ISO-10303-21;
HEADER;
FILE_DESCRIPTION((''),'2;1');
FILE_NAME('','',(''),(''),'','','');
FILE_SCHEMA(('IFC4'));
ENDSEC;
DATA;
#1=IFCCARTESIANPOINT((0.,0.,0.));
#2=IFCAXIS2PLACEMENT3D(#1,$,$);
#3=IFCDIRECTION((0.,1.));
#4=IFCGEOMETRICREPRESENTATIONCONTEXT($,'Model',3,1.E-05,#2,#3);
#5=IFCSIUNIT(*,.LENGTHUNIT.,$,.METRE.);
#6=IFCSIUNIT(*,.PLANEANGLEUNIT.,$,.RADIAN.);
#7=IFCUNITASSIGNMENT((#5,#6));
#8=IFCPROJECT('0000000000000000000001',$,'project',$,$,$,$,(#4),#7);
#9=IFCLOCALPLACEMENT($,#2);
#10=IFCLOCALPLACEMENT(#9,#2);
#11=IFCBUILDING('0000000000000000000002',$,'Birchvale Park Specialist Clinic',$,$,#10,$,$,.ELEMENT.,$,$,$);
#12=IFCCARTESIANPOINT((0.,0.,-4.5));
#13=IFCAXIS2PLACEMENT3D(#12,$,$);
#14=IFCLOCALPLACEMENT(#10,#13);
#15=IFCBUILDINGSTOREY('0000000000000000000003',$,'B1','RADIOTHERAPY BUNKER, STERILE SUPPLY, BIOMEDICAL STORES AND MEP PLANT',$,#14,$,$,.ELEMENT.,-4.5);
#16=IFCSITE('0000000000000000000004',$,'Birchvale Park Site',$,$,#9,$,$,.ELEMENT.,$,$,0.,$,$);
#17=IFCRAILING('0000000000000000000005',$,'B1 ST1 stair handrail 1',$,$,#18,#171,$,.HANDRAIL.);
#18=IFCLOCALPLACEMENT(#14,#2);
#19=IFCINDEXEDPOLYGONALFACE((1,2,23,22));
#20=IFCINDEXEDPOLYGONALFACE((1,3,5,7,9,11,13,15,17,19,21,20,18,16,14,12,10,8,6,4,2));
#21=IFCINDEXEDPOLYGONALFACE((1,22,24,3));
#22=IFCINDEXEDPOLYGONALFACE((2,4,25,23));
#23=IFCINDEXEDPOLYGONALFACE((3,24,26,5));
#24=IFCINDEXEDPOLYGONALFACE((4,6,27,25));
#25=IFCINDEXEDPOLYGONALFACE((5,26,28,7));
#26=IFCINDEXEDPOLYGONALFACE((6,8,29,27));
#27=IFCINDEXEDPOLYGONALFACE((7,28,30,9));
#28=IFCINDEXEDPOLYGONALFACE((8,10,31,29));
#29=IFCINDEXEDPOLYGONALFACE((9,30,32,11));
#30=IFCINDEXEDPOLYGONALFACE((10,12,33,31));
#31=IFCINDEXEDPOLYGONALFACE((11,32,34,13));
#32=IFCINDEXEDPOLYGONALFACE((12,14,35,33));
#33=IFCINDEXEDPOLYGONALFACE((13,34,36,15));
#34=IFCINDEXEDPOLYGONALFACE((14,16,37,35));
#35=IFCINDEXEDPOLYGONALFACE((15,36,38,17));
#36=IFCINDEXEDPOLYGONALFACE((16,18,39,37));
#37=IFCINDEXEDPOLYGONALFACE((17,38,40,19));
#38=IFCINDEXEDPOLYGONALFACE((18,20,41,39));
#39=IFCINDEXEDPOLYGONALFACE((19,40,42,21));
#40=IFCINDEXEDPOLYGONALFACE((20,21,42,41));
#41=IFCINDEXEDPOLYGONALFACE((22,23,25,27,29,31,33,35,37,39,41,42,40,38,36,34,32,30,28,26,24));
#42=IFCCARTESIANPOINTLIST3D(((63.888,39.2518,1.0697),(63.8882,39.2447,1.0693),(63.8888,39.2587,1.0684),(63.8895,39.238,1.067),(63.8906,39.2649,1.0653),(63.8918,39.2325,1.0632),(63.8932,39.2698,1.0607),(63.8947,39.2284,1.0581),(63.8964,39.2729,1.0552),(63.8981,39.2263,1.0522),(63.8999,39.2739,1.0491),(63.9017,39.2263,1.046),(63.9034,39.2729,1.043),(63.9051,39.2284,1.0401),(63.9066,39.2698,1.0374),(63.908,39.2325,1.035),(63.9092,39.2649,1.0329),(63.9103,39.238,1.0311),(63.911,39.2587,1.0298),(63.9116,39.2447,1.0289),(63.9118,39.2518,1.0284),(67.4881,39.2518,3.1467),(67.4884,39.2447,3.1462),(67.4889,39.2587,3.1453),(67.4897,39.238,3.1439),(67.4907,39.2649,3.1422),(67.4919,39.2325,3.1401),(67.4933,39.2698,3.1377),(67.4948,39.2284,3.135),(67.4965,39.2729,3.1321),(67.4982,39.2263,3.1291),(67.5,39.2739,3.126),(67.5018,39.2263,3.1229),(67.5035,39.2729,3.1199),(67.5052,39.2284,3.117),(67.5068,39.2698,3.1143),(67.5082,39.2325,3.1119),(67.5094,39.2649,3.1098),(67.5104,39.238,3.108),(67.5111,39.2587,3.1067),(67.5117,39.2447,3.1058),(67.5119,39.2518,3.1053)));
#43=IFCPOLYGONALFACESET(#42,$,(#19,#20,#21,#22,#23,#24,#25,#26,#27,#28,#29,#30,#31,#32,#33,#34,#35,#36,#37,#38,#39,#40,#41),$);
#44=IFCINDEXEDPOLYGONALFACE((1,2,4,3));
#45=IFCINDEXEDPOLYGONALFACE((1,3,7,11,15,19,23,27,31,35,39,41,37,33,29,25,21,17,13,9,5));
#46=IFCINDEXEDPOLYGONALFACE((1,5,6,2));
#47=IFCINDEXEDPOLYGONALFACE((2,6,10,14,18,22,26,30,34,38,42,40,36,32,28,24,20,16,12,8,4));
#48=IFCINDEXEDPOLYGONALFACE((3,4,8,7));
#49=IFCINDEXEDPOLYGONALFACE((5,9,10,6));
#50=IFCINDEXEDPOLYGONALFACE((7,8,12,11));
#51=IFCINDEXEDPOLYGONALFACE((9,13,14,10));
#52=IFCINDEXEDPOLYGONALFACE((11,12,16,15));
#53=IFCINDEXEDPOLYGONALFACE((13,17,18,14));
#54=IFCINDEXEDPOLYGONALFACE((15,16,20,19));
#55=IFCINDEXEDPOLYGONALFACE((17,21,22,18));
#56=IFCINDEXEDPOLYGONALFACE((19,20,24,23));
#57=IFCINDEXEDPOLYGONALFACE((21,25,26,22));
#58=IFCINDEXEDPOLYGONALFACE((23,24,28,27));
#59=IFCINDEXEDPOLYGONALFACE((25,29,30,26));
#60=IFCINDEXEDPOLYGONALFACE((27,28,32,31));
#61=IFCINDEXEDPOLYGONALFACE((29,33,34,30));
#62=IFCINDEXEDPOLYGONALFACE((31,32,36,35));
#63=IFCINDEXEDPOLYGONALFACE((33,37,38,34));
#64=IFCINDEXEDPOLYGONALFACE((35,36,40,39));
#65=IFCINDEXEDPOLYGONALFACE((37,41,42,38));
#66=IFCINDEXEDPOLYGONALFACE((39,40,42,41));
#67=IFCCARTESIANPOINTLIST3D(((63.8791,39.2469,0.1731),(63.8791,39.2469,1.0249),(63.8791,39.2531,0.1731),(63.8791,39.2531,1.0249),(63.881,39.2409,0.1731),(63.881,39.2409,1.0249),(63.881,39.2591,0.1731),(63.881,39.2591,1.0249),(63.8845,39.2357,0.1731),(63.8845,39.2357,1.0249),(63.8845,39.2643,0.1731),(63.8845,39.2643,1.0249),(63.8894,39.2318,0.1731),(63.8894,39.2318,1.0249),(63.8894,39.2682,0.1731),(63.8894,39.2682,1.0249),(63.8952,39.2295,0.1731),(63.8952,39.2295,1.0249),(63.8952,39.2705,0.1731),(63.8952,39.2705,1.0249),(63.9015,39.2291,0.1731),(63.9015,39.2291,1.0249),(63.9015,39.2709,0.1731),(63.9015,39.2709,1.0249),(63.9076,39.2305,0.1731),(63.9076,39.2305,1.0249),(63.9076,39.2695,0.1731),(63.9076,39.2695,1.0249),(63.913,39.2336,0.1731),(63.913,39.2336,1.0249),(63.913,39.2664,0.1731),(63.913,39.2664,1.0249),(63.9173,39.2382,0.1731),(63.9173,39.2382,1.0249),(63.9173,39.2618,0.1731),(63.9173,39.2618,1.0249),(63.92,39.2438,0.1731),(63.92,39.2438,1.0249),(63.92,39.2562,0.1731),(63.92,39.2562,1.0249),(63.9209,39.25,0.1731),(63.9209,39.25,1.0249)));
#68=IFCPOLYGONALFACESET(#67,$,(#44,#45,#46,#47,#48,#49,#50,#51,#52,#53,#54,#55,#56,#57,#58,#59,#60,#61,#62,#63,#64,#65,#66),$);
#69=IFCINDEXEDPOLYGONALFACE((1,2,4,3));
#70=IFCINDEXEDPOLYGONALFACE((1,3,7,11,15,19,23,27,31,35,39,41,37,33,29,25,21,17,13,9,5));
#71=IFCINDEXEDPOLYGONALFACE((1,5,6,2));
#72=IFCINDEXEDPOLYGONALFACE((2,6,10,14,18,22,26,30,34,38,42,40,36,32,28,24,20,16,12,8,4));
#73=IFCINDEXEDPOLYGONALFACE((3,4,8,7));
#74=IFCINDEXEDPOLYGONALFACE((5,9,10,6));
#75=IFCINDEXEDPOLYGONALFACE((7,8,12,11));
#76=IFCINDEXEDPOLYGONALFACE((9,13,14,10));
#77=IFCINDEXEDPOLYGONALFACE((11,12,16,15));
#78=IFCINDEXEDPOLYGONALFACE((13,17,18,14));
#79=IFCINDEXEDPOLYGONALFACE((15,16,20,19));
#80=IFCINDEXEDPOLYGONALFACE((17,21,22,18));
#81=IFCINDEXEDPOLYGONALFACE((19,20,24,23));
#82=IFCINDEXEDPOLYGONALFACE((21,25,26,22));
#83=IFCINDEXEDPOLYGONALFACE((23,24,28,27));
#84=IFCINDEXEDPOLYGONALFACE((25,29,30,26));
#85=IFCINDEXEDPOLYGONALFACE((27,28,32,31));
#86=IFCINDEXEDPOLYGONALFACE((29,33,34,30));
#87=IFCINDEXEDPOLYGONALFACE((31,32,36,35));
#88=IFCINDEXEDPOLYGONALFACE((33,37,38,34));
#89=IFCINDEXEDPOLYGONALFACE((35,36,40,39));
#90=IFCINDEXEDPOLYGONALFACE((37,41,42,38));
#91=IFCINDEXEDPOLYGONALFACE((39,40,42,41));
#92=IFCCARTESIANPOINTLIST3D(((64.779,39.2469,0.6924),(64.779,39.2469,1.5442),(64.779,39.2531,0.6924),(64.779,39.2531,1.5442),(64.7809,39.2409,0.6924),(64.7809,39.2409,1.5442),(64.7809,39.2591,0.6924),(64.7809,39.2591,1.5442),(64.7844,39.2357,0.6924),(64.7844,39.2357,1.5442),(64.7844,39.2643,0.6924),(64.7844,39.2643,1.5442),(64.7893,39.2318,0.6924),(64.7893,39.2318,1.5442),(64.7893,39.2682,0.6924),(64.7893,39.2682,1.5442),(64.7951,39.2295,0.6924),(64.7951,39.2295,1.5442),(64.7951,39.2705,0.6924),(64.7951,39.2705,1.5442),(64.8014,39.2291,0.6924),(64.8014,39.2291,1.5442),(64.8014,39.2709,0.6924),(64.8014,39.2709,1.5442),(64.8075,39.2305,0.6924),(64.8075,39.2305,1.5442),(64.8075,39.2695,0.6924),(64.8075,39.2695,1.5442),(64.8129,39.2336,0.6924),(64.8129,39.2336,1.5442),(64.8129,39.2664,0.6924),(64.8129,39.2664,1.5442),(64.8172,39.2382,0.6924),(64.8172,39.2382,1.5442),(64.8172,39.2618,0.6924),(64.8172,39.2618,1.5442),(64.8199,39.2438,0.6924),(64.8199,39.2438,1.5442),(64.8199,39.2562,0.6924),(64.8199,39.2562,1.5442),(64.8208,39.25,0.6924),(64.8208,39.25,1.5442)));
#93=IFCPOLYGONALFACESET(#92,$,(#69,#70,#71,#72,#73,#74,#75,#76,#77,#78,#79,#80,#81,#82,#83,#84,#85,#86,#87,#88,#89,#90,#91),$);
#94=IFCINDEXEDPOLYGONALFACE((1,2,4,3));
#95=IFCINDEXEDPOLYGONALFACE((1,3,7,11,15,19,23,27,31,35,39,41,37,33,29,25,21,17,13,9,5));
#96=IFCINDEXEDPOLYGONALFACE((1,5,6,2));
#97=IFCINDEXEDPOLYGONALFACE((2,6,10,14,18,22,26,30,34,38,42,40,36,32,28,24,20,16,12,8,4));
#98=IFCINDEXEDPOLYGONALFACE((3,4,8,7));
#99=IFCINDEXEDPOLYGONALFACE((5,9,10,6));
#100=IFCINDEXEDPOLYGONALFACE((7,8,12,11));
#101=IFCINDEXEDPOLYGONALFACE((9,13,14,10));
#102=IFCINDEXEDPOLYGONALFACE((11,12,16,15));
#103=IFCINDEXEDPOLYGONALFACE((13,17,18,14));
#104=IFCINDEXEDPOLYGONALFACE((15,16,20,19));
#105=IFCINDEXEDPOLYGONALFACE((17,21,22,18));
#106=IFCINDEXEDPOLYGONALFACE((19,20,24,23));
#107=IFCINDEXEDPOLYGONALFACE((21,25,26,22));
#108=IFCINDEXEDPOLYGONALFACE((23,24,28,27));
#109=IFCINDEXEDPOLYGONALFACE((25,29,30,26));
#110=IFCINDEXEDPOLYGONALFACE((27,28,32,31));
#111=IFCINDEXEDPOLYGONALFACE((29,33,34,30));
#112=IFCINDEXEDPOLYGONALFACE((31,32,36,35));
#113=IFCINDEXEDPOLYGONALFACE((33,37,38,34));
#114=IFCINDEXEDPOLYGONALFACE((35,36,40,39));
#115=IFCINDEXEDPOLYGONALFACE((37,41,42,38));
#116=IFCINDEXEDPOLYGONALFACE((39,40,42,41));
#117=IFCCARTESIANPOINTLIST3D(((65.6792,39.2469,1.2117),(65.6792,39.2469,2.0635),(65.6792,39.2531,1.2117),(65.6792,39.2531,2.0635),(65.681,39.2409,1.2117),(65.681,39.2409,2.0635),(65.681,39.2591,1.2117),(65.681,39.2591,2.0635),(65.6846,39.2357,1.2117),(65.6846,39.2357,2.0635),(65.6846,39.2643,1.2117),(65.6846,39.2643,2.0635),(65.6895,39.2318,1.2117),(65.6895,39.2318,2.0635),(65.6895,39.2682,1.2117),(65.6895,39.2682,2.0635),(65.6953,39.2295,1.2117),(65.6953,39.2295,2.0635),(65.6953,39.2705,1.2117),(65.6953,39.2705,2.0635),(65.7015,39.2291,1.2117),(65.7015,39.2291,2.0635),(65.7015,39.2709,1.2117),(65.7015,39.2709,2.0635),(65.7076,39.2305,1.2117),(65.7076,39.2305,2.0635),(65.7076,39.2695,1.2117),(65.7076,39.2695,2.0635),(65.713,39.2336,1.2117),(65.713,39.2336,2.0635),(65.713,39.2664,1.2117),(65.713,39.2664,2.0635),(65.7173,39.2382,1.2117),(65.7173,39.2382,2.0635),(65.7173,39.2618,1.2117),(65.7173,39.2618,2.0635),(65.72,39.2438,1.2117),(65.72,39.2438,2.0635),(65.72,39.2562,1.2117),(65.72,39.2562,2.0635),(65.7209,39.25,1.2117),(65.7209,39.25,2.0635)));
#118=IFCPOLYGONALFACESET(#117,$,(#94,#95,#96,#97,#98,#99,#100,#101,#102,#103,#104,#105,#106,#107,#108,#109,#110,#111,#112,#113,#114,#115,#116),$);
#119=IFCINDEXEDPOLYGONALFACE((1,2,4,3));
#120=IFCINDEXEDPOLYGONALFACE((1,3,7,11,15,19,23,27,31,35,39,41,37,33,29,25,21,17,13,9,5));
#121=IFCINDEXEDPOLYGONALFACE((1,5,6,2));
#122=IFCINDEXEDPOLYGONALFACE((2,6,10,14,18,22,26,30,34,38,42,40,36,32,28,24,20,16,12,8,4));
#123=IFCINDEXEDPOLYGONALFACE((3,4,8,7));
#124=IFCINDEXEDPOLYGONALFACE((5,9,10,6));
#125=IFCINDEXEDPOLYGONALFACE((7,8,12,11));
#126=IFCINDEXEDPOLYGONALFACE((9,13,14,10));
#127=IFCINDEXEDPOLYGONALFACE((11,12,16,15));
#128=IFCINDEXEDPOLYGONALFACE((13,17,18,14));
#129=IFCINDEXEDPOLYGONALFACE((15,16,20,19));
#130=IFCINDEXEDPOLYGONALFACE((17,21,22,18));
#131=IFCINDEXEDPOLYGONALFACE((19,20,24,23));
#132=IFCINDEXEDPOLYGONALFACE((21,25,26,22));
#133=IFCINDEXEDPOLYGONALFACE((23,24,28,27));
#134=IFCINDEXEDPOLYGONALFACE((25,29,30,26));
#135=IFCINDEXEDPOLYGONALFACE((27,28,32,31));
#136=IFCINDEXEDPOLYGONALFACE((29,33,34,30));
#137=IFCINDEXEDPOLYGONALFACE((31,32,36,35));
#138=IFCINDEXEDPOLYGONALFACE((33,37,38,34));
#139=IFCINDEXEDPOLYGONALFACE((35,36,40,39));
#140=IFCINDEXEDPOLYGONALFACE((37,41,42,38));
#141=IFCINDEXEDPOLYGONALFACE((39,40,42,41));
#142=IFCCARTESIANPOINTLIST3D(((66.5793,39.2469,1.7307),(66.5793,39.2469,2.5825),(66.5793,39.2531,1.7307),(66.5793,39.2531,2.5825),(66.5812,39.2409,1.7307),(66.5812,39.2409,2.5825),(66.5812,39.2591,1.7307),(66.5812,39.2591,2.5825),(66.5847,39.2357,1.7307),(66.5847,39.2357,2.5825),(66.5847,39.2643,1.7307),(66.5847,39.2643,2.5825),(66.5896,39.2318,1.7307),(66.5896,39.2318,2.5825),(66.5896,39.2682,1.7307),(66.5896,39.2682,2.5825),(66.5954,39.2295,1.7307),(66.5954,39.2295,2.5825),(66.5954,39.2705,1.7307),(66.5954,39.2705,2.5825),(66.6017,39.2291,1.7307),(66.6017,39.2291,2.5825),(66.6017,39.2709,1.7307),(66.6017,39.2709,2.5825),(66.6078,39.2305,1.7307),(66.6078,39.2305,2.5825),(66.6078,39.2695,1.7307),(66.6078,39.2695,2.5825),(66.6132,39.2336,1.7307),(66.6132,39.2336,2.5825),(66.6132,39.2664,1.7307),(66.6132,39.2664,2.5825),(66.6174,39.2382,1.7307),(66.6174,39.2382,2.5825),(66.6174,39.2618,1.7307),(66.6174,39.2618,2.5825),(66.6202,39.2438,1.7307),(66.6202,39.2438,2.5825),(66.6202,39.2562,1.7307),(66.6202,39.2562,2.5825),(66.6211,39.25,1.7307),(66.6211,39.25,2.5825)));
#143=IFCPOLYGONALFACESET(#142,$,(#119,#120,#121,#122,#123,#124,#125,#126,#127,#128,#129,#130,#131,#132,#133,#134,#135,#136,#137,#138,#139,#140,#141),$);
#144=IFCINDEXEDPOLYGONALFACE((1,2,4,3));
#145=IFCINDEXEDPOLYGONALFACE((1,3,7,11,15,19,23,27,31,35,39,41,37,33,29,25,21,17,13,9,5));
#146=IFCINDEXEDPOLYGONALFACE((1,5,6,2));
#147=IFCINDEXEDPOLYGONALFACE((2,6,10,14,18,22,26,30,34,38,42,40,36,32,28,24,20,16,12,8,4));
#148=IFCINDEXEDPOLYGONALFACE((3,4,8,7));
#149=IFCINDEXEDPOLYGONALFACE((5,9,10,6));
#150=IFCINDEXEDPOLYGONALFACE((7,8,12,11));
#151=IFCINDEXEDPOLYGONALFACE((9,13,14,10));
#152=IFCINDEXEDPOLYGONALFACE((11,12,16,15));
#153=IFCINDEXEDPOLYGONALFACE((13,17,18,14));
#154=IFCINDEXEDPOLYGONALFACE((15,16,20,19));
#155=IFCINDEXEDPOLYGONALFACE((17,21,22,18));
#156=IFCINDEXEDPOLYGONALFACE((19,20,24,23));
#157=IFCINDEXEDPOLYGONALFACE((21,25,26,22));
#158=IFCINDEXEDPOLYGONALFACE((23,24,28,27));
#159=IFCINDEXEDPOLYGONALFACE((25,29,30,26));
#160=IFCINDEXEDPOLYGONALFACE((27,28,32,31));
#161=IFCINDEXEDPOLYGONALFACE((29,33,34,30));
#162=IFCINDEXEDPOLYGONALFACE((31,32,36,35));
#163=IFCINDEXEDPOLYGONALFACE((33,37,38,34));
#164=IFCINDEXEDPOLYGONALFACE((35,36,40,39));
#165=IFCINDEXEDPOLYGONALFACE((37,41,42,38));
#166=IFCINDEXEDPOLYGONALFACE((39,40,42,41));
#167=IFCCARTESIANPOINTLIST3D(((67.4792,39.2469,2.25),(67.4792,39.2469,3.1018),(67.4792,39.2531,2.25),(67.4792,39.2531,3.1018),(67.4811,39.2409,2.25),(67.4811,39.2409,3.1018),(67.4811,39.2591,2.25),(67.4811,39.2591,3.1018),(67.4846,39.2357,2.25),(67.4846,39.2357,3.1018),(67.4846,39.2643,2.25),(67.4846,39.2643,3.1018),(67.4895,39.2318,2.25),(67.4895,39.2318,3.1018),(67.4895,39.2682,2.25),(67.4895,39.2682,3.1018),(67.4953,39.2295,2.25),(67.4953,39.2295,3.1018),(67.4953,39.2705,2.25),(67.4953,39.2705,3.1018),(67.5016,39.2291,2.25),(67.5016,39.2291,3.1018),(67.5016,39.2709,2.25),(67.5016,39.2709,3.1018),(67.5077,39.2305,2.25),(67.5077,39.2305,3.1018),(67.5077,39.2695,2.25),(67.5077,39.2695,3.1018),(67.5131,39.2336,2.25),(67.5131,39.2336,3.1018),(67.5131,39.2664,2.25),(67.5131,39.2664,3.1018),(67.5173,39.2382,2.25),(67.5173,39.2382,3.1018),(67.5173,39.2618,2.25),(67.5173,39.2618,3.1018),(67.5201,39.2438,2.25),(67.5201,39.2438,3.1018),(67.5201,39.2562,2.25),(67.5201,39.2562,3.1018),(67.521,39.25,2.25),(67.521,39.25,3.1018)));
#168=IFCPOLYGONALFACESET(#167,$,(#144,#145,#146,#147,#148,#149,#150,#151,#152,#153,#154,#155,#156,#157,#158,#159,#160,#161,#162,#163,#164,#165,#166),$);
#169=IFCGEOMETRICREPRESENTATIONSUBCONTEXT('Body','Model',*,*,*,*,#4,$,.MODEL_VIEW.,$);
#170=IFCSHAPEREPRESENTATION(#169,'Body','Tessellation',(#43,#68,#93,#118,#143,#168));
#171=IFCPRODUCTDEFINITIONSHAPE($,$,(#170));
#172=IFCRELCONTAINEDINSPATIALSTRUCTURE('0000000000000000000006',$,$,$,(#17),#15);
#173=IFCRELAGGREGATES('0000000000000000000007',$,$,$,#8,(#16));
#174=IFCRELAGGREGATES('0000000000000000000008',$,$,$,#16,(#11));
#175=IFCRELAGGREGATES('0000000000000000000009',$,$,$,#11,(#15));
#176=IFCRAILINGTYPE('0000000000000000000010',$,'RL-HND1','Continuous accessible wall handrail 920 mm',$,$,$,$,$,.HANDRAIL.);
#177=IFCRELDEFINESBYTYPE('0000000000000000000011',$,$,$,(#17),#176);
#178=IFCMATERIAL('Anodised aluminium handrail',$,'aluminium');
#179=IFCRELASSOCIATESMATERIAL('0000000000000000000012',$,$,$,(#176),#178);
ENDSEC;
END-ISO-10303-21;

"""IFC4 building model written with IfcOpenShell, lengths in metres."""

from ifc_helpers import new_model, si_unit, direction, frame, origin, origin_2d, place, context, subcontext, project, spatial, circle, extrude, material, type_object, element, save


model = new_model("IFC4")

# Units and contexts
model_context = context("Model", 3, precision=1e-05, world=origin(), true_north=direction((0.0, 1.0)))
body_context = subcontext(model_context, "Body", "Model", "MODEL_VIEW")
ifc_project = project(units=[si_unit("LENGTHUNIT", "METRE"), si_unit("PLANEANGLEUNIT", "RADIAN")], contexts=[model_context])

# Site, building, storey
site_placement = place(None, origin())
site = spatial("IfcSite", under=ifc_project, at=site_placement, Name="Birchvale Park Site", CompositionType="ELEMENT", RefElevation=0.0)
building_placement = place(site_placement, origin())
building = spatial("IfcBuilding", under=site, at=building_placement, Name="Birchvale Park Specialist Clinic", CompositionType="ELEMENT")
storey_placement = place(building_placement, frame((0.0, 0.0, -4.5)))
storey = spatial("IfcBuildingStorey", under=building, at=storey_placement, Name="B1", Description="RADIOTHERAPY BUNKER, STERILE SUPPLY, BIOMEDICAL STORES AND MEP PLANT", CompositionType="ELEMENT", Elevation=-4.5)

# Railing
ifc_material_1 = material(Name="Anodised aluminium handrail", Category="aluminium")
railing_type_1 = type_object("IfcRailingType", Name="RL-HND1", Description="Continuous accessible wall handrail 920 mm", PredefinedType="HANDRAIL", material=ifc_material_1)
for number, where, name in (
    (1, (63.8999, 39.25, 0.1731), "B1 ST1 stair handrail 1"),
):
    element("IfcRailing", number, at=place(storey_placement, frame(where)), inside=storey, type_object=railing_type_1, Name=name, PredefinedType="HANDRAIL", context=body_context, shape_type="SweptSolid", body=[
        extrude(circle(Radius=0.0239, at=origin_2d()), frame((0.0, 0.0, 0.876), z_axis=(0.866193, 0.0, 0.499709), x_axis=(0.0, 1.0, 0.0)), (0.0, 0.0, 1.0), 4.1562),
        extrude(circle(Radius=0.021, at=origin_2d()), origin(), (0.0, 0.0, 1.0), 0.8518),
        extrude(circle(Radius=0.021, at=origin_2d()), frame((0.8999, 0.0, 0.5193)), (0.0, 0.0, 1.0), 0.8518),
        extrude(circle(Radius=0.021, at=origin_2d()), frame((1.8, 0.0, 1.0386)), (0.0, 0.0, 1.0), 0.8518),
        extrude(circle(Radius=0.021, at=origin_2d()), frame((2.7002, 0.0, 1.5576)), (0.0, 0.0, 1.0), 0.8518),
        extrude(circle(Radius=0.021, at=origin_2d()), frame((3.6001, 0.0, 2.0769)), (0.0, 0.0, 1.0), 0.8518),
    ])

save(model, "model.ifc")
